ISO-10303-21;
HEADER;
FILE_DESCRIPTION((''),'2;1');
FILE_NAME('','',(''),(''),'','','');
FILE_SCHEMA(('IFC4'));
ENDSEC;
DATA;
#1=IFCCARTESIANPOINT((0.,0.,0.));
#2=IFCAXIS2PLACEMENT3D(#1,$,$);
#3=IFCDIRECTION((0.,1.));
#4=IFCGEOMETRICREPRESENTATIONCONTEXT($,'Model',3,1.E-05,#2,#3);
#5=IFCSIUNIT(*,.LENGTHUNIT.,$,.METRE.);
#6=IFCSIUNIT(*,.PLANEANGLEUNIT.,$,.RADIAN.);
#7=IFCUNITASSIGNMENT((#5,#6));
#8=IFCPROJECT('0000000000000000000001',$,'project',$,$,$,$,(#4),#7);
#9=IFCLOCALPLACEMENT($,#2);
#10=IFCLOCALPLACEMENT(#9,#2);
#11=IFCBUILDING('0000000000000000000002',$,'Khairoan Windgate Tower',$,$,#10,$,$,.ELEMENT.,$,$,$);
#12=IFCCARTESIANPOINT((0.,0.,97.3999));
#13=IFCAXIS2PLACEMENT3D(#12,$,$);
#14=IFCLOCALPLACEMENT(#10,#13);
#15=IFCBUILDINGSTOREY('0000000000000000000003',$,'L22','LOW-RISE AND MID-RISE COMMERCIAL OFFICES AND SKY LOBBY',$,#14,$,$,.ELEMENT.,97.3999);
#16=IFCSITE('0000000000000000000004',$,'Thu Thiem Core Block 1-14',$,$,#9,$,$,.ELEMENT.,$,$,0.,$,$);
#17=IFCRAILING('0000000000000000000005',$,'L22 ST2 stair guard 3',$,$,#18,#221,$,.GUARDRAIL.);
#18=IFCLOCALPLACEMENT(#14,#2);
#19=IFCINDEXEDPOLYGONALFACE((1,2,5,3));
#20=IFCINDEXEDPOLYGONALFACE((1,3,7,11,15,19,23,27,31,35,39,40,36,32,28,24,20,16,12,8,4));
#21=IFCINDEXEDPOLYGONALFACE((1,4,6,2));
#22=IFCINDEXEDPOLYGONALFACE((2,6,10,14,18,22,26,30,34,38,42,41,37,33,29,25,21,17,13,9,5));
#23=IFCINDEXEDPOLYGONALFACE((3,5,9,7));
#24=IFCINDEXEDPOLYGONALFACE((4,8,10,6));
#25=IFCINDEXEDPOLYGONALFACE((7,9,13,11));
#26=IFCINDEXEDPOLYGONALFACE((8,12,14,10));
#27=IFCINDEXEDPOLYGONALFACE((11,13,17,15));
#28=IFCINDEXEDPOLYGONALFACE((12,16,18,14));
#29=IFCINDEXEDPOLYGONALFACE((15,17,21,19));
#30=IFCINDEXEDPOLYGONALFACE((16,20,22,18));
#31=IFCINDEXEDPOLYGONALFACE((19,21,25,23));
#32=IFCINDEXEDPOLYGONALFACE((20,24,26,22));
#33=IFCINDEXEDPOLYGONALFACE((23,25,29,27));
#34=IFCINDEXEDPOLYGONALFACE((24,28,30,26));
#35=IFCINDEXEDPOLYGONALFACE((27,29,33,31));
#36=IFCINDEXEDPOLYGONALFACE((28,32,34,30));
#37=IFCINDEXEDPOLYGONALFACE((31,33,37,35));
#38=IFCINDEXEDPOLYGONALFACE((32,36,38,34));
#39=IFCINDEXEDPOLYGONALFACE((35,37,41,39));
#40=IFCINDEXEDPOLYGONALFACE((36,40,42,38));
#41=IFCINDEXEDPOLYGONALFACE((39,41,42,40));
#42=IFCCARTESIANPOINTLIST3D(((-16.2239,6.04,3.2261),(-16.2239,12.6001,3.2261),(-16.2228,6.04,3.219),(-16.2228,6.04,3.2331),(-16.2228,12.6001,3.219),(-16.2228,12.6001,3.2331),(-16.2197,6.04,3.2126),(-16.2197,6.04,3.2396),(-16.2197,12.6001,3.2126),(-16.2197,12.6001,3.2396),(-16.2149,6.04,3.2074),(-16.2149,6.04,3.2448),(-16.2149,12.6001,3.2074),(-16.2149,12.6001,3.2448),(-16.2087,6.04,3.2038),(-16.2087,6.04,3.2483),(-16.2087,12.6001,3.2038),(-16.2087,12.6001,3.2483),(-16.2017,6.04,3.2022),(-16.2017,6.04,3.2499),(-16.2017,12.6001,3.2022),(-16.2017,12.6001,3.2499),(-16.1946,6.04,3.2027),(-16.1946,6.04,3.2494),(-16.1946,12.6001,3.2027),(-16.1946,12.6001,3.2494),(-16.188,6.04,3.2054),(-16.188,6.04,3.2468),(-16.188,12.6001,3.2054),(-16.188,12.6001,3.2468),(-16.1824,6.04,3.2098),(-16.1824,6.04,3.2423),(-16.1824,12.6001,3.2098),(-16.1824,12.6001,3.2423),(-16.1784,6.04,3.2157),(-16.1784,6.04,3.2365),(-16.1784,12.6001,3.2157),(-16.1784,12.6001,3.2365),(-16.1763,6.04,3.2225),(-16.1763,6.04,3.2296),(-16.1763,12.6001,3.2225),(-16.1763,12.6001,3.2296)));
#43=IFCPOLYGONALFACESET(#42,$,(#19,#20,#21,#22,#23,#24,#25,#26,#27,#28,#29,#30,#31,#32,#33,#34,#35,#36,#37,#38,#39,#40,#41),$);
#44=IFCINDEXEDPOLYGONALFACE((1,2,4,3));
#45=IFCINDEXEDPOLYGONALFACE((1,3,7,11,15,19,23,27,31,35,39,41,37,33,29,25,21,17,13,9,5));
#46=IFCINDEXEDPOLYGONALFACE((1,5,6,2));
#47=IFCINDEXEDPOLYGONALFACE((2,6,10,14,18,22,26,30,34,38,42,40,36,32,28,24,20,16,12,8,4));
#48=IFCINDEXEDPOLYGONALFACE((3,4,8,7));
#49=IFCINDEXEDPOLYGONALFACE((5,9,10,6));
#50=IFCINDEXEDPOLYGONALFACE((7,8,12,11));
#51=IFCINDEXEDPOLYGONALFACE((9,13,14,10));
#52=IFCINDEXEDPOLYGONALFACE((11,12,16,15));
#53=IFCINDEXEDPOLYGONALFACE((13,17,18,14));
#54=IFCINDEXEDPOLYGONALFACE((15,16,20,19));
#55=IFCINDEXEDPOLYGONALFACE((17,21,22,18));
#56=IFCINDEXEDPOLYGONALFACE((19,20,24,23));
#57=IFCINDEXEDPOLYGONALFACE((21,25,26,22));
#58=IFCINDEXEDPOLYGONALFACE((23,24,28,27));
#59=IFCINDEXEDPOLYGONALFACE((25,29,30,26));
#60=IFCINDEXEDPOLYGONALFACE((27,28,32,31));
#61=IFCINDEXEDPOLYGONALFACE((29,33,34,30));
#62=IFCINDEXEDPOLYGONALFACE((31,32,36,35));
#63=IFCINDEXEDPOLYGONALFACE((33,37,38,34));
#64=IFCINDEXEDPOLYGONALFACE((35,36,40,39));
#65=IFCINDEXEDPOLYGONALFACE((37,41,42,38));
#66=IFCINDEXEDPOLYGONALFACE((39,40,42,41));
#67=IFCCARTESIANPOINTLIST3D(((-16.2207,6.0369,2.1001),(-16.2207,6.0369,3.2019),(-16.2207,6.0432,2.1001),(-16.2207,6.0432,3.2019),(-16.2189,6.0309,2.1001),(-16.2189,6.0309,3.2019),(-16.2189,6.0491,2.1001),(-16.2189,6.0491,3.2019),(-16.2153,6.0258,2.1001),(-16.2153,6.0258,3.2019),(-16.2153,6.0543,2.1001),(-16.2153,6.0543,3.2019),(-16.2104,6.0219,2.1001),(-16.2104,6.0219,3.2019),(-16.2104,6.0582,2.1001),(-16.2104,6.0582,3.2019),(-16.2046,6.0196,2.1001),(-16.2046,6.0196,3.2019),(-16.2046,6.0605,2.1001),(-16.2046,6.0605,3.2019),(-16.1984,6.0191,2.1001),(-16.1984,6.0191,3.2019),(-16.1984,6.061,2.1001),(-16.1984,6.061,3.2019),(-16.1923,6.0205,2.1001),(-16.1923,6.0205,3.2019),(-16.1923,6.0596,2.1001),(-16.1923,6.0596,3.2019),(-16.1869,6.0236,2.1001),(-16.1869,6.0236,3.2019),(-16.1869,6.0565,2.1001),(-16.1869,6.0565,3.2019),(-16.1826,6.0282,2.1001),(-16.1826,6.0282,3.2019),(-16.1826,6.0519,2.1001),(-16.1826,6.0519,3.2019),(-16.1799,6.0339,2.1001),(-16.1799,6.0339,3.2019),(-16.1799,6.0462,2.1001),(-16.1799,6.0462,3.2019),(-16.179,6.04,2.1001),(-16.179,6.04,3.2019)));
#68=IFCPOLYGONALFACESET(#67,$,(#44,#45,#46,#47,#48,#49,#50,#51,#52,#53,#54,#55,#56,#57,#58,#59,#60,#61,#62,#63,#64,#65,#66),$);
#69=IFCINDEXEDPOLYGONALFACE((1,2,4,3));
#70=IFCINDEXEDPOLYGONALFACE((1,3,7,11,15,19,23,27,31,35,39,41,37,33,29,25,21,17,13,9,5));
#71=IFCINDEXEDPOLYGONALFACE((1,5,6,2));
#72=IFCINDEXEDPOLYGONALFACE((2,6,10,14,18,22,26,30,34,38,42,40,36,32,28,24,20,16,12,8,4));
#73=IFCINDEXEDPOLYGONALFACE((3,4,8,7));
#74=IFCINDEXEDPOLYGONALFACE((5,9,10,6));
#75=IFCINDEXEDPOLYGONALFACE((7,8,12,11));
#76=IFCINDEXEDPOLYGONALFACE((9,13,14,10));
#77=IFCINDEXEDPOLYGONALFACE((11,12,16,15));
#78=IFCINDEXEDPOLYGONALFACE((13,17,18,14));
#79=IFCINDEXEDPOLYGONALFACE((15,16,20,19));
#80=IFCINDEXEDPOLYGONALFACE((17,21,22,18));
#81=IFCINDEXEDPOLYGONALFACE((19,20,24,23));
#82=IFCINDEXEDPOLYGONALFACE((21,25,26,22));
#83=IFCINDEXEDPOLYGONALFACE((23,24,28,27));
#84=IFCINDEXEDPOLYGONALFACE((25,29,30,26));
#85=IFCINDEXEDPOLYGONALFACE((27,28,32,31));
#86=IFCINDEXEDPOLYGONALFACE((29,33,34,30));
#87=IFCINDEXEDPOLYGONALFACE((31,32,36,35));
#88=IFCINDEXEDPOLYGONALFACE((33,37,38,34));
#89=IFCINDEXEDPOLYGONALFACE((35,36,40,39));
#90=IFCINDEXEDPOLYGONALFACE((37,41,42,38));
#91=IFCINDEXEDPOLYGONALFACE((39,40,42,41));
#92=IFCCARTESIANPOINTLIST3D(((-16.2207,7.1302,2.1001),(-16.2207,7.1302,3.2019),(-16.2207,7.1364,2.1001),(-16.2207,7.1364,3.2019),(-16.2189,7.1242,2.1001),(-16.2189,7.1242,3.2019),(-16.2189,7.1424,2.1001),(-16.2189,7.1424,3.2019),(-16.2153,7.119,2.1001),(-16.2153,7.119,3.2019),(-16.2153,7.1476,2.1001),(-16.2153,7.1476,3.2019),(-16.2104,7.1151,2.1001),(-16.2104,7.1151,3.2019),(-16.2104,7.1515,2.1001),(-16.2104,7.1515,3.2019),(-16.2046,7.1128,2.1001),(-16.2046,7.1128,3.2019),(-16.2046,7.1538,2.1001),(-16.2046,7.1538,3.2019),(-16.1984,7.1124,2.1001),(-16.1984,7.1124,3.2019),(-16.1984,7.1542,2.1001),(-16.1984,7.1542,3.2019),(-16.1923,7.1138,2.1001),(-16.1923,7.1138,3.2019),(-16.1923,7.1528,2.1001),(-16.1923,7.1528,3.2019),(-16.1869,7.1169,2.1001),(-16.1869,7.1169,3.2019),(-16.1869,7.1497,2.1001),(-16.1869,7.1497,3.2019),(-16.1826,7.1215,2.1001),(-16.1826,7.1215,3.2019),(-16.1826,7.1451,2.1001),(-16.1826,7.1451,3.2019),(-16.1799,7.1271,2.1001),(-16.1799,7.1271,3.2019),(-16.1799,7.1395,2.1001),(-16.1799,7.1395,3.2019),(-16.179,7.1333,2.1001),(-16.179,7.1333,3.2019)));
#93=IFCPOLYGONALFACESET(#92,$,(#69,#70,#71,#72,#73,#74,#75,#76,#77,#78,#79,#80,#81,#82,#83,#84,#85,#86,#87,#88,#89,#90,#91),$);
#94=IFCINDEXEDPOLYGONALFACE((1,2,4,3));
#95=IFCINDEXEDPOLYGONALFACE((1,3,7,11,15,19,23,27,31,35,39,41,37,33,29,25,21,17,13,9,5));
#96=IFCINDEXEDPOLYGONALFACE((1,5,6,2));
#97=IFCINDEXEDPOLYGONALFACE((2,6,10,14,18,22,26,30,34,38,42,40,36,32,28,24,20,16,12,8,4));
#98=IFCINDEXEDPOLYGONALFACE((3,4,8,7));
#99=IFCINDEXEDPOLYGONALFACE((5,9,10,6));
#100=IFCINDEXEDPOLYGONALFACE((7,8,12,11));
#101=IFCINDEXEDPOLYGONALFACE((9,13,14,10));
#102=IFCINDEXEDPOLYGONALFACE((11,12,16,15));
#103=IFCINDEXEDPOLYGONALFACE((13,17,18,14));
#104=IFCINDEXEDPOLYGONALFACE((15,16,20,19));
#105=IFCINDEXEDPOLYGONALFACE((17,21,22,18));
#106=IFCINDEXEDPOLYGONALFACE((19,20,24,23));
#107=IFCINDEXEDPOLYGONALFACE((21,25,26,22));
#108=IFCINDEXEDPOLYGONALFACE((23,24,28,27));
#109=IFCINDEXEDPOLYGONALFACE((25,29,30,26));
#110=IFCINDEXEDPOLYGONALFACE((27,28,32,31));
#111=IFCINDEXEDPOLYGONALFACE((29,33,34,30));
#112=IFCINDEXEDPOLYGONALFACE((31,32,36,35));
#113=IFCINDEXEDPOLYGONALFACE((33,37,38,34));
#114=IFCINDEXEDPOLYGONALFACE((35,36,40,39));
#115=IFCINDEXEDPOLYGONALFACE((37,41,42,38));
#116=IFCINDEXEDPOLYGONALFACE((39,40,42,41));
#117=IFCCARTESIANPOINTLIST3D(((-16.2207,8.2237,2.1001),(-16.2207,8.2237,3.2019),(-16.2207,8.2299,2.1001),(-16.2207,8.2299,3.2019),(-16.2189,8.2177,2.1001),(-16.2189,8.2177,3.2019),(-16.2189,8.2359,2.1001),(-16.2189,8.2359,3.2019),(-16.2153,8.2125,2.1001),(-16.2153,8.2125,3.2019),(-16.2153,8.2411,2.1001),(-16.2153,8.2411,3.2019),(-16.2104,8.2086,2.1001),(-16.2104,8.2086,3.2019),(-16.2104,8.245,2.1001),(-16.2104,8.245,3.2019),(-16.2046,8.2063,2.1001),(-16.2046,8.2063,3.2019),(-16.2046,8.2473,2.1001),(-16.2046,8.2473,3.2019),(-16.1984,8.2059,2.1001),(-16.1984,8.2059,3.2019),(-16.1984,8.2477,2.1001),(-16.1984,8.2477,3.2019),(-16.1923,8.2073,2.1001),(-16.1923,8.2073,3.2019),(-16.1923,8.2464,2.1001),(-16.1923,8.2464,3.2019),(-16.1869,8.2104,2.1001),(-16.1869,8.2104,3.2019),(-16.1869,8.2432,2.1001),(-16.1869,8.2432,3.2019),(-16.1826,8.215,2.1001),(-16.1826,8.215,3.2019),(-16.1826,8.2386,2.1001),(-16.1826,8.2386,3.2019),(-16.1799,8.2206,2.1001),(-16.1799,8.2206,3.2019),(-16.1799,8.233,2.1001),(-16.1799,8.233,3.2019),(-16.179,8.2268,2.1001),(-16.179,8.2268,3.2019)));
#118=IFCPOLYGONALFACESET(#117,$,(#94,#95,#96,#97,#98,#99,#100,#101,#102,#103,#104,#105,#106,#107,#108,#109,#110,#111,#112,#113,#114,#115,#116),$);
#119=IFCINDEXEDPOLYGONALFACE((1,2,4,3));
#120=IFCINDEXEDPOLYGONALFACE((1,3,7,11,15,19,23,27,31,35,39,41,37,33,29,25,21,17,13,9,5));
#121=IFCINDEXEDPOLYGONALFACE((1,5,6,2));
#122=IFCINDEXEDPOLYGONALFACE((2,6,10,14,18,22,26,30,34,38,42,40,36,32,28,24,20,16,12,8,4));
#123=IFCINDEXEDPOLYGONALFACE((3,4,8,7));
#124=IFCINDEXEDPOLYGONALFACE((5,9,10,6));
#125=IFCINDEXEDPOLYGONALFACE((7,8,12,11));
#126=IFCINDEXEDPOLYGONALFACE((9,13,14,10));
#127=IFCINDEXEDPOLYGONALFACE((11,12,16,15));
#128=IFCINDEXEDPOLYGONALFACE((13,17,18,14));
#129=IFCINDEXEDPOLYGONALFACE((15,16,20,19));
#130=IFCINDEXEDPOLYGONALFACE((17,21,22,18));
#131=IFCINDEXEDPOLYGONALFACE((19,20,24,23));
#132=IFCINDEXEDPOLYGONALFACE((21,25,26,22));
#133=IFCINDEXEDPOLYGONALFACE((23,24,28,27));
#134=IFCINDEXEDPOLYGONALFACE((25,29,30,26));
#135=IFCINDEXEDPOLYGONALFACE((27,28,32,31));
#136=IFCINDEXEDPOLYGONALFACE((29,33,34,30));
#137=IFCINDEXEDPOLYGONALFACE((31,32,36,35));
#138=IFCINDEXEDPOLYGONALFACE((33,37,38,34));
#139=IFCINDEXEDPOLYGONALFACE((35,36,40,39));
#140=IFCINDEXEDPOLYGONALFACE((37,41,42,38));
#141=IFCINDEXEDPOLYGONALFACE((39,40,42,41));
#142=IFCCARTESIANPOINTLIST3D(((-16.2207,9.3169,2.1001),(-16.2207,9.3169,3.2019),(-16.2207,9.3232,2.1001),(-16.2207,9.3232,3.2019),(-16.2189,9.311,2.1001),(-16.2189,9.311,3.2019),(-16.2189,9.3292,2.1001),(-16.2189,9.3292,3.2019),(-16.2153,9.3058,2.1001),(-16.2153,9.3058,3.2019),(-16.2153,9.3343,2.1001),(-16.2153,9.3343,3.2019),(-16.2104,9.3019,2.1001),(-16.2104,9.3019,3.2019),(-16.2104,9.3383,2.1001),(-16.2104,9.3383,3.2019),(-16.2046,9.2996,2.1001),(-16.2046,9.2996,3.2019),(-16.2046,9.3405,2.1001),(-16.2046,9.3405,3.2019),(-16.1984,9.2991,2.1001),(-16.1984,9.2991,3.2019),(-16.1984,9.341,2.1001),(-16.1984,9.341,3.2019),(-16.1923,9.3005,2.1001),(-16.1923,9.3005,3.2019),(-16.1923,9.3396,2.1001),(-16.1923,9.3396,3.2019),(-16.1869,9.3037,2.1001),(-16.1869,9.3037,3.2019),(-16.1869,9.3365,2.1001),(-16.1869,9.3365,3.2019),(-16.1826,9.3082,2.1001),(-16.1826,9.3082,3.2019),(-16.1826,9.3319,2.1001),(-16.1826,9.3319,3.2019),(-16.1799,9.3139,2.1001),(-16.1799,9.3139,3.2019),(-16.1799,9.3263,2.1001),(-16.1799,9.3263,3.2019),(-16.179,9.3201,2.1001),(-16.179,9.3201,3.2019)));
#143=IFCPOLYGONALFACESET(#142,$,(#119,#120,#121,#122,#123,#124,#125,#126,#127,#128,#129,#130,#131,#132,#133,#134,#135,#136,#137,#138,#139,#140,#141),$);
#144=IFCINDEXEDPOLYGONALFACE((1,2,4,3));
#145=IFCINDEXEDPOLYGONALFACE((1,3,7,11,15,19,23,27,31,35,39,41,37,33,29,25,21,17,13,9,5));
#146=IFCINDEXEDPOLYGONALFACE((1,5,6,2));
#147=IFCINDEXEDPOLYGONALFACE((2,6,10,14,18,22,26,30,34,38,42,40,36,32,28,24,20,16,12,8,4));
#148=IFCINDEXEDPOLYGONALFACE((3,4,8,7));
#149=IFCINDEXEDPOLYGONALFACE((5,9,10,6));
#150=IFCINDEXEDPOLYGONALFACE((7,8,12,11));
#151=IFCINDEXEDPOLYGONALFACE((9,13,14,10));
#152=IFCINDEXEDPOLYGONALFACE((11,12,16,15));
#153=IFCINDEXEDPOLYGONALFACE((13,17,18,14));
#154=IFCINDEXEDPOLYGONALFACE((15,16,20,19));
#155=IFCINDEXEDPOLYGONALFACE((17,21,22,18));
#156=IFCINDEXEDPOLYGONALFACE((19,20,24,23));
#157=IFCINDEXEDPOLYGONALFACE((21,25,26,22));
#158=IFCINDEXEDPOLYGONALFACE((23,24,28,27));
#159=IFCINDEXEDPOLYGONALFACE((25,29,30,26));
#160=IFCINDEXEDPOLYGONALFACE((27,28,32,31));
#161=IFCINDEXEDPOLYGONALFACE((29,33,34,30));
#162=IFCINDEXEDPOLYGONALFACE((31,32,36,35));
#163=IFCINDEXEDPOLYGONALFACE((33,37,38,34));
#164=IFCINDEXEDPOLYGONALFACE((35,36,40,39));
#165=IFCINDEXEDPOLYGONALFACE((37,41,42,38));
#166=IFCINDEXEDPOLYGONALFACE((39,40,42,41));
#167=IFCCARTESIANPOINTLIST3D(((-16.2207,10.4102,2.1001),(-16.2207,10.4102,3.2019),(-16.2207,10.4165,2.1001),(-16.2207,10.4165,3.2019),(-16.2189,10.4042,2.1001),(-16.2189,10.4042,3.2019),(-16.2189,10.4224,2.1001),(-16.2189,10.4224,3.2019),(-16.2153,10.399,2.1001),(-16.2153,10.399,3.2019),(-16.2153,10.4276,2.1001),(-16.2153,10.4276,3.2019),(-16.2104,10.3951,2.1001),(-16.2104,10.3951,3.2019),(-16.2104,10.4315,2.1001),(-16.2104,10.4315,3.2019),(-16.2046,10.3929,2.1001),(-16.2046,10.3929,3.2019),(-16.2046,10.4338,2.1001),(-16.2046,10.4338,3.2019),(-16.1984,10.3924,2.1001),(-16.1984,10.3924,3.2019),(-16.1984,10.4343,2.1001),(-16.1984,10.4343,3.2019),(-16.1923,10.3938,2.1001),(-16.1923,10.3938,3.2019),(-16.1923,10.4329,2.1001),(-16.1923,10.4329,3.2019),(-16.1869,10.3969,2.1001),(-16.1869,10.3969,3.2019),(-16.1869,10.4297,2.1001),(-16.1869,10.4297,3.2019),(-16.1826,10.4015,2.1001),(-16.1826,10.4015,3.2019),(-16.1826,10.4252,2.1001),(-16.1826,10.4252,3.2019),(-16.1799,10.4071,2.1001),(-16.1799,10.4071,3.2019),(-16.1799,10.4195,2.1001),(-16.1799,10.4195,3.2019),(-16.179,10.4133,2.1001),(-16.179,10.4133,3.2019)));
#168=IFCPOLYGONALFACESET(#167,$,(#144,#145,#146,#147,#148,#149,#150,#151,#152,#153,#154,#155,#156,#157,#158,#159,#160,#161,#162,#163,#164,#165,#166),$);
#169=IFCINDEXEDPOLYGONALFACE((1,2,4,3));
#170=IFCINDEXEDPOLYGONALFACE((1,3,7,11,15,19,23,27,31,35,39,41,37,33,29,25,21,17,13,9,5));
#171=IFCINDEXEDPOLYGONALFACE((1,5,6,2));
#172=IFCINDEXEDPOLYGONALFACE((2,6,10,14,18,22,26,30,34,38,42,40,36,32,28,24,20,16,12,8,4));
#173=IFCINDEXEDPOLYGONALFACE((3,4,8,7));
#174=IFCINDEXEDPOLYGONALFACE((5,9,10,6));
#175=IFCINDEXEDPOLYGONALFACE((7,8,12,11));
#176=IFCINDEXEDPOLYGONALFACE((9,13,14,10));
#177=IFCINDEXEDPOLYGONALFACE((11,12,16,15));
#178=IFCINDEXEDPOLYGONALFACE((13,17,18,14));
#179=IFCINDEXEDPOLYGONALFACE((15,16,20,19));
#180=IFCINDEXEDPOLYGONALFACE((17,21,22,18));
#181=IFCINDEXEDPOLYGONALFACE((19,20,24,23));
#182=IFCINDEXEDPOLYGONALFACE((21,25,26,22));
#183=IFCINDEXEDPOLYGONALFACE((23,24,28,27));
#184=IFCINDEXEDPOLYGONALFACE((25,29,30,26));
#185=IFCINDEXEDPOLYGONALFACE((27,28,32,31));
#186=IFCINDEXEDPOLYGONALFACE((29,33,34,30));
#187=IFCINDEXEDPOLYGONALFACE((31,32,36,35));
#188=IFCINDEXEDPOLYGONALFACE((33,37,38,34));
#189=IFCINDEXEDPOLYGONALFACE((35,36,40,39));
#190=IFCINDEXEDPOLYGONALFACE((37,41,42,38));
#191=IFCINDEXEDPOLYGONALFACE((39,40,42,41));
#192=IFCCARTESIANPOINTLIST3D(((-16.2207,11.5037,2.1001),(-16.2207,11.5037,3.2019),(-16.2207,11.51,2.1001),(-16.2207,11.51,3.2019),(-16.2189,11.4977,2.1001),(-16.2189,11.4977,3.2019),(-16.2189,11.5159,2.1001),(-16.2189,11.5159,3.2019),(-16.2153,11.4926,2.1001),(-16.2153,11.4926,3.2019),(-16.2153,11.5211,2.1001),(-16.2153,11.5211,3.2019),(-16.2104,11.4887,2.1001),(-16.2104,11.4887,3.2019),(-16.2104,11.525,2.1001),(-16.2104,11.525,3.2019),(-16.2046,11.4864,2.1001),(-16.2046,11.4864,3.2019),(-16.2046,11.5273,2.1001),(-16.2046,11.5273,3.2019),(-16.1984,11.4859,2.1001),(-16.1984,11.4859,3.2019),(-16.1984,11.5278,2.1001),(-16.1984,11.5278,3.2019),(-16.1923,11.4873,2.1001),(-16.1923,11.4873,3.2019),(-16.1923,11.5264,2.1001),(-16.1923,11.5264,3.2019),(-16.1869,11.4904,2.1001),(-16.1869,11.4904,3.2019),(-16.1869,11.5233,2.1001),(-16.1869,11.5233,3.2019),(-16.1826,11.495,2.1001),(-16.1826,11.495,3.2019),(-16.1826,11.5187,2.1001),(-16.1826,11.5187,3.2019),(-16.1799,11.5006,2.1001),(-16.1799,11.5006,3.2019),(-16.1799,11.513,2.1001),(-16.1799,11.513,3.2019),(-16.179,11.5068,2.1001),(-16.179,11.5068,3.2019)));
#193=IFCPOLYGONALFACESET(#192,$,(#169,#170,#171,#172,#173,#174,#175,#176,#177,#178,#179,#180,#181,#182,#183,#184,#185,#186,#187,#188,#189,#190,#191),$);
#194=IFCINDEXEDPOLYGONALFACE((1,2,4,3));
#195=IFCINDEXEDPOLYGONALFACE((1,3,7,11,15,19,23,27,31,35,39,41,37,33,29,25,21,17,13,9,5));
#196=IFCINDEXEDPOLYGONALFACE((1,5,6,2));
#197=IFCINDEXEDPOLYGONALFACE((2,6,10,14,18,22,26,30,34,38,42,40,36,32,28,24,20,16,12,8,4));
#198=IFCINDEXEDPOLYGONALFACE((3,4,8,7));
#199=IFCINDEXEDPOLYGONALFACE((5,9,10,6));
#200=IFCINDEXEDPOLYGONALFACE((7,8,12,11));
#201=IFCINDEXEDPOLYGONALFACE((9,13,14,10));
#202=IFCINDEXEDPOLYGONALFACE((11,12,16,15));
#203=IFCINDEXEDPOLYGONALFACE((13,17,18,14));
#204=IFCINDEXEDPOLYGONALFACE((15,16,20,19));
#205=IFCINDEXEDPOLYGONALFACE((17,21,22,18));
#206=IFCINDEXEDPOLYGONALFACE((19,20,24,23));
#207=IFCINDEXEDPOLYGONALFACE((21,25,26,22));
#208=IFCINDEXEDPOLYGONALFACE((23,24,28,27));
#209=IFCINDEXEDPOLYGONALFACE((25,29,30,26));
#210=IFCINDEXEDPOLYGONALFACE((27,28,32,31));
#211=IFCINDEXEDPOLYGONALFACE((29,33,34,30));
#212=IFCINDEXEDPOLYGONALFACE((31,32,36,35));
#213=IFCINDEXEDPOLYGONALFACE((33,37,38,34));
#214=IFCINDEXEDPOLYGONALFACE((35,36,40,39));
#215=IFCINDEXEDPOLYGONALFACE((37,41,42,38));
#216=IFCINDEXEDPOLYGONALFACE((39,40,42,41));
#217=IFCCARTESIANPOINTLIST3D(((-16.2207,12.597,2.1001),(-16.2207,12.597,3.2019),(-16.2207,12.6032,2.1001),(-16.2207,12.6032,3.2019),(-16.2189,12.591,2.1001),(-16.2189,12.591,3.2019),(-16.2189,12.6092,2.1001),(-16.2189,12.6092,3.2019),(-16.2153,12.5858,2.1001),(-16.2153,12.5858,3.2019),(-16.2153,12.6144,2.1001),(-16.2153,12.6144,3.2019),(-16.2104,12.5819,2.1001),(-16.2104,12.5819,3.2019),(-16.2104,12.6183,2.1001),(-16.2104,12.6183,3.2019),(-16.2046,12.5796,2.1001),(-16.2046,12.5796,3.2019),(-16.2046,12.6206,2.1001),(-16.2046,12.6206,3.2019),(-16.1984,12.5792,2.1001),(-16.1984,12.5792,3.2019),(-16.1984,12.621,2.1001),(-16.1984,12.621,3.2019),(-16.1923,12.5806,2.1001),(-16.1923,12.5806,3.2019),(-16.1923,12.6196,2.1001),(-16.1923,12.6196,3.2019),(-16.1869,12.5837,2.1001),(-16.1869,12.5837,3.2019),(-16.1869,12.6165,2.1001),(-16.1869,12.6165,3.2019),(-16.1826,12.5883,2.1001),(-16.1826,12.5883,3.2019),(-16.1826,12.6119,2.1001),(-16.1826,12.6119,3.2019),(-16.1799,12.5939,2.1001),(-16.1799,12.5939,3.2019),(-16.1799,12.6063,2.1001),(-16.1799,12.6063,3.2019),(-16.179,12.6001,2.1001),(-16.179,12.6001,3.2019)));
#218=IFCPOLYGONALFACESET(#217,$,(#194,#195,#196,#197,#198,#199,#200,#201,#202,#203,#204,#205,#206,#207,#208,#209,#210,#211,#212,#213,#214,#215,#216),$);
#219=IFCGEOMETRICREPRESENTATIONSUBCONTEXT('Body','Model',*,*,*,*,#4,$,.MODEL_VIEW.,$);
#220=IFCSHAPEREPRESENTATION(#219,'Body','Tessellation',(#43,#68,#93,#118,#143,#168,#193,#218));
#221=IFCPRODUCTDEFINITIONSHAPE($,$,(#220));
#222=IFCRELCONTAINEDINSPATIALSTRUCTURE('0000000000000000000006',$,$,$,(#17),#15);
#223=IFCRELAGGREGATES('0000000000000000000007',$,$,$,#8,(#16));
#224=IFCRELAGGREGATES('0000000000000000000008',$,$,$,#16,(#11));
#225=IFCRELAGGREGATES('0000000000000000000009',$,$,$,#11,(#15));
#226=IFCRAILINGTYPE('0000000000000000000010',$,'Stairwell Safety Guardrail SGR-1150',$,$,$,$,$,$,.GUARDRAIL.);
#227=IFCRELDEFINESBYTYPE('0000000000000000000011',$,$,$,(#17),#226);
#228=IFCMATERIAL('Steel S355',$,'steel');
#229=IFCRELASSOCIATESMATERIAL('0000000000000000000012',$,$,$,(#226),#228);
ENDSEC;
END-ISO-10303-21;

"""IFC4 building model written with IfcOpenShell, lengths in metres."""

from ifc_helpers import new_model, si_unit, direction, frame, origin, origin_2d, place, context, subcontext, project, spatial, circle, extrude, material, type_object, element, save


model = new_model("IFC4")

# Units and contexts
model_context = context("Model", 3, precision=1e-05, world=origin(), true_north=direction((0.0, 1.0)))
body_context = subcontext(model_context, "Body", "Model", "MODEL_VIEW")
ifc_project = project(units=[si_unit("LENGTHUNIT", "METRE"), si_unit("PLANEANGLEUNIT", "RADIAN")], contexts=[model_context])

# Site, building, storey
site_placement = place(None, origin())
site = spatial("IfcSite", under=ifc_project, at=site_placement, Name="Thu Thiem Core Block 1-14", CompositionType="ELEMENT", RefElevation=0.0)
building_placement = place(site_placement, origin())
building = spatial("IfcBuilding", under=site, at=building_placement, Name="Khairoan Windgate Tower", CompositionType="ELEMENT")
storey_placement = place(building_placement, frame((0.0, 0.0, 97.3999)))
storey = spatial("IfcBuildingStorey", under=building, at=storey_placement, Name="L22", Description="LOW-RISE AND MID-RISE COMMERCIAL OFFICES AND SKY LOBBY", CompositionType="ELEMENT", Elevation=97.3999)

# Railing
ifc_material_1 = material(Name="Steel S355", Category="steel")
railing_type_1 = type_object("IfcRailingType", Name="Stairwell Safety Guardrail SGR-1150", PredefinedType="GUARDRAIL", material=ifc_material_1)
railing_1_placement = place(storey_placement, frame((-16.2, 6.04, 2.1001)))
element("IfcRailing", 1, at=railing_1_placement, inside=storey, type_object=railing_type_1, Name="L22 ST2 stair guard 3", PredefinedType="GUARDRAIL", context=body_context, shape_type="SweptSolid", body=[
    extrude(circle(Radius=0.0239, at=origin_2d()), frame((0.0, 0.0, 1.126), z_axis=(0.0, 1.0, 0.0), x_axis=(-1.0, 0.0, 0.0)), (0.0, 0.0, 1.0), 6.5601),
    extrude(circle(Radius=0.021, at=origin_2d()), origin(), (0.0, 0.0, 1.0), 1.1018),
    extrude(circle(Radius=0.021, at=origin_2d()), frame((0.0, 1.0933, 0.0)), (0.0, 0.0, 1.0), 1.1018),
    extrude(circle(Radius=0.021, at=origin_2d()), frame((0.0, 2.1868, 0.0)), (0.0, 0.0, 1.0), 1.1018),
    extrude(circle(Radius=0.021, at=origin_2d()), frame((0.0, 3.28, 0.0)), (0.0, 0.0, 1.0), 1.1018),
    extrude(circle(Radius=0.021, at=origin_2d()), frame((0.0, 4.3733, 0.0)), (0.0, 0.0, 1.0), 1.1018),
    extrude(circle(Radius=0.021, at=origin_2d()), frame((0.0, 5.4668, 0.0)), (0.0, 0.0, 1.0), 1.1018),
    extrude(circle(Radius=0.021, at=origin_2d()), frame((0.0, 6.5601, 0.0)), (0.0, 0.0, 1.0), 1.1018),
])

save(model, "model.ifc")
